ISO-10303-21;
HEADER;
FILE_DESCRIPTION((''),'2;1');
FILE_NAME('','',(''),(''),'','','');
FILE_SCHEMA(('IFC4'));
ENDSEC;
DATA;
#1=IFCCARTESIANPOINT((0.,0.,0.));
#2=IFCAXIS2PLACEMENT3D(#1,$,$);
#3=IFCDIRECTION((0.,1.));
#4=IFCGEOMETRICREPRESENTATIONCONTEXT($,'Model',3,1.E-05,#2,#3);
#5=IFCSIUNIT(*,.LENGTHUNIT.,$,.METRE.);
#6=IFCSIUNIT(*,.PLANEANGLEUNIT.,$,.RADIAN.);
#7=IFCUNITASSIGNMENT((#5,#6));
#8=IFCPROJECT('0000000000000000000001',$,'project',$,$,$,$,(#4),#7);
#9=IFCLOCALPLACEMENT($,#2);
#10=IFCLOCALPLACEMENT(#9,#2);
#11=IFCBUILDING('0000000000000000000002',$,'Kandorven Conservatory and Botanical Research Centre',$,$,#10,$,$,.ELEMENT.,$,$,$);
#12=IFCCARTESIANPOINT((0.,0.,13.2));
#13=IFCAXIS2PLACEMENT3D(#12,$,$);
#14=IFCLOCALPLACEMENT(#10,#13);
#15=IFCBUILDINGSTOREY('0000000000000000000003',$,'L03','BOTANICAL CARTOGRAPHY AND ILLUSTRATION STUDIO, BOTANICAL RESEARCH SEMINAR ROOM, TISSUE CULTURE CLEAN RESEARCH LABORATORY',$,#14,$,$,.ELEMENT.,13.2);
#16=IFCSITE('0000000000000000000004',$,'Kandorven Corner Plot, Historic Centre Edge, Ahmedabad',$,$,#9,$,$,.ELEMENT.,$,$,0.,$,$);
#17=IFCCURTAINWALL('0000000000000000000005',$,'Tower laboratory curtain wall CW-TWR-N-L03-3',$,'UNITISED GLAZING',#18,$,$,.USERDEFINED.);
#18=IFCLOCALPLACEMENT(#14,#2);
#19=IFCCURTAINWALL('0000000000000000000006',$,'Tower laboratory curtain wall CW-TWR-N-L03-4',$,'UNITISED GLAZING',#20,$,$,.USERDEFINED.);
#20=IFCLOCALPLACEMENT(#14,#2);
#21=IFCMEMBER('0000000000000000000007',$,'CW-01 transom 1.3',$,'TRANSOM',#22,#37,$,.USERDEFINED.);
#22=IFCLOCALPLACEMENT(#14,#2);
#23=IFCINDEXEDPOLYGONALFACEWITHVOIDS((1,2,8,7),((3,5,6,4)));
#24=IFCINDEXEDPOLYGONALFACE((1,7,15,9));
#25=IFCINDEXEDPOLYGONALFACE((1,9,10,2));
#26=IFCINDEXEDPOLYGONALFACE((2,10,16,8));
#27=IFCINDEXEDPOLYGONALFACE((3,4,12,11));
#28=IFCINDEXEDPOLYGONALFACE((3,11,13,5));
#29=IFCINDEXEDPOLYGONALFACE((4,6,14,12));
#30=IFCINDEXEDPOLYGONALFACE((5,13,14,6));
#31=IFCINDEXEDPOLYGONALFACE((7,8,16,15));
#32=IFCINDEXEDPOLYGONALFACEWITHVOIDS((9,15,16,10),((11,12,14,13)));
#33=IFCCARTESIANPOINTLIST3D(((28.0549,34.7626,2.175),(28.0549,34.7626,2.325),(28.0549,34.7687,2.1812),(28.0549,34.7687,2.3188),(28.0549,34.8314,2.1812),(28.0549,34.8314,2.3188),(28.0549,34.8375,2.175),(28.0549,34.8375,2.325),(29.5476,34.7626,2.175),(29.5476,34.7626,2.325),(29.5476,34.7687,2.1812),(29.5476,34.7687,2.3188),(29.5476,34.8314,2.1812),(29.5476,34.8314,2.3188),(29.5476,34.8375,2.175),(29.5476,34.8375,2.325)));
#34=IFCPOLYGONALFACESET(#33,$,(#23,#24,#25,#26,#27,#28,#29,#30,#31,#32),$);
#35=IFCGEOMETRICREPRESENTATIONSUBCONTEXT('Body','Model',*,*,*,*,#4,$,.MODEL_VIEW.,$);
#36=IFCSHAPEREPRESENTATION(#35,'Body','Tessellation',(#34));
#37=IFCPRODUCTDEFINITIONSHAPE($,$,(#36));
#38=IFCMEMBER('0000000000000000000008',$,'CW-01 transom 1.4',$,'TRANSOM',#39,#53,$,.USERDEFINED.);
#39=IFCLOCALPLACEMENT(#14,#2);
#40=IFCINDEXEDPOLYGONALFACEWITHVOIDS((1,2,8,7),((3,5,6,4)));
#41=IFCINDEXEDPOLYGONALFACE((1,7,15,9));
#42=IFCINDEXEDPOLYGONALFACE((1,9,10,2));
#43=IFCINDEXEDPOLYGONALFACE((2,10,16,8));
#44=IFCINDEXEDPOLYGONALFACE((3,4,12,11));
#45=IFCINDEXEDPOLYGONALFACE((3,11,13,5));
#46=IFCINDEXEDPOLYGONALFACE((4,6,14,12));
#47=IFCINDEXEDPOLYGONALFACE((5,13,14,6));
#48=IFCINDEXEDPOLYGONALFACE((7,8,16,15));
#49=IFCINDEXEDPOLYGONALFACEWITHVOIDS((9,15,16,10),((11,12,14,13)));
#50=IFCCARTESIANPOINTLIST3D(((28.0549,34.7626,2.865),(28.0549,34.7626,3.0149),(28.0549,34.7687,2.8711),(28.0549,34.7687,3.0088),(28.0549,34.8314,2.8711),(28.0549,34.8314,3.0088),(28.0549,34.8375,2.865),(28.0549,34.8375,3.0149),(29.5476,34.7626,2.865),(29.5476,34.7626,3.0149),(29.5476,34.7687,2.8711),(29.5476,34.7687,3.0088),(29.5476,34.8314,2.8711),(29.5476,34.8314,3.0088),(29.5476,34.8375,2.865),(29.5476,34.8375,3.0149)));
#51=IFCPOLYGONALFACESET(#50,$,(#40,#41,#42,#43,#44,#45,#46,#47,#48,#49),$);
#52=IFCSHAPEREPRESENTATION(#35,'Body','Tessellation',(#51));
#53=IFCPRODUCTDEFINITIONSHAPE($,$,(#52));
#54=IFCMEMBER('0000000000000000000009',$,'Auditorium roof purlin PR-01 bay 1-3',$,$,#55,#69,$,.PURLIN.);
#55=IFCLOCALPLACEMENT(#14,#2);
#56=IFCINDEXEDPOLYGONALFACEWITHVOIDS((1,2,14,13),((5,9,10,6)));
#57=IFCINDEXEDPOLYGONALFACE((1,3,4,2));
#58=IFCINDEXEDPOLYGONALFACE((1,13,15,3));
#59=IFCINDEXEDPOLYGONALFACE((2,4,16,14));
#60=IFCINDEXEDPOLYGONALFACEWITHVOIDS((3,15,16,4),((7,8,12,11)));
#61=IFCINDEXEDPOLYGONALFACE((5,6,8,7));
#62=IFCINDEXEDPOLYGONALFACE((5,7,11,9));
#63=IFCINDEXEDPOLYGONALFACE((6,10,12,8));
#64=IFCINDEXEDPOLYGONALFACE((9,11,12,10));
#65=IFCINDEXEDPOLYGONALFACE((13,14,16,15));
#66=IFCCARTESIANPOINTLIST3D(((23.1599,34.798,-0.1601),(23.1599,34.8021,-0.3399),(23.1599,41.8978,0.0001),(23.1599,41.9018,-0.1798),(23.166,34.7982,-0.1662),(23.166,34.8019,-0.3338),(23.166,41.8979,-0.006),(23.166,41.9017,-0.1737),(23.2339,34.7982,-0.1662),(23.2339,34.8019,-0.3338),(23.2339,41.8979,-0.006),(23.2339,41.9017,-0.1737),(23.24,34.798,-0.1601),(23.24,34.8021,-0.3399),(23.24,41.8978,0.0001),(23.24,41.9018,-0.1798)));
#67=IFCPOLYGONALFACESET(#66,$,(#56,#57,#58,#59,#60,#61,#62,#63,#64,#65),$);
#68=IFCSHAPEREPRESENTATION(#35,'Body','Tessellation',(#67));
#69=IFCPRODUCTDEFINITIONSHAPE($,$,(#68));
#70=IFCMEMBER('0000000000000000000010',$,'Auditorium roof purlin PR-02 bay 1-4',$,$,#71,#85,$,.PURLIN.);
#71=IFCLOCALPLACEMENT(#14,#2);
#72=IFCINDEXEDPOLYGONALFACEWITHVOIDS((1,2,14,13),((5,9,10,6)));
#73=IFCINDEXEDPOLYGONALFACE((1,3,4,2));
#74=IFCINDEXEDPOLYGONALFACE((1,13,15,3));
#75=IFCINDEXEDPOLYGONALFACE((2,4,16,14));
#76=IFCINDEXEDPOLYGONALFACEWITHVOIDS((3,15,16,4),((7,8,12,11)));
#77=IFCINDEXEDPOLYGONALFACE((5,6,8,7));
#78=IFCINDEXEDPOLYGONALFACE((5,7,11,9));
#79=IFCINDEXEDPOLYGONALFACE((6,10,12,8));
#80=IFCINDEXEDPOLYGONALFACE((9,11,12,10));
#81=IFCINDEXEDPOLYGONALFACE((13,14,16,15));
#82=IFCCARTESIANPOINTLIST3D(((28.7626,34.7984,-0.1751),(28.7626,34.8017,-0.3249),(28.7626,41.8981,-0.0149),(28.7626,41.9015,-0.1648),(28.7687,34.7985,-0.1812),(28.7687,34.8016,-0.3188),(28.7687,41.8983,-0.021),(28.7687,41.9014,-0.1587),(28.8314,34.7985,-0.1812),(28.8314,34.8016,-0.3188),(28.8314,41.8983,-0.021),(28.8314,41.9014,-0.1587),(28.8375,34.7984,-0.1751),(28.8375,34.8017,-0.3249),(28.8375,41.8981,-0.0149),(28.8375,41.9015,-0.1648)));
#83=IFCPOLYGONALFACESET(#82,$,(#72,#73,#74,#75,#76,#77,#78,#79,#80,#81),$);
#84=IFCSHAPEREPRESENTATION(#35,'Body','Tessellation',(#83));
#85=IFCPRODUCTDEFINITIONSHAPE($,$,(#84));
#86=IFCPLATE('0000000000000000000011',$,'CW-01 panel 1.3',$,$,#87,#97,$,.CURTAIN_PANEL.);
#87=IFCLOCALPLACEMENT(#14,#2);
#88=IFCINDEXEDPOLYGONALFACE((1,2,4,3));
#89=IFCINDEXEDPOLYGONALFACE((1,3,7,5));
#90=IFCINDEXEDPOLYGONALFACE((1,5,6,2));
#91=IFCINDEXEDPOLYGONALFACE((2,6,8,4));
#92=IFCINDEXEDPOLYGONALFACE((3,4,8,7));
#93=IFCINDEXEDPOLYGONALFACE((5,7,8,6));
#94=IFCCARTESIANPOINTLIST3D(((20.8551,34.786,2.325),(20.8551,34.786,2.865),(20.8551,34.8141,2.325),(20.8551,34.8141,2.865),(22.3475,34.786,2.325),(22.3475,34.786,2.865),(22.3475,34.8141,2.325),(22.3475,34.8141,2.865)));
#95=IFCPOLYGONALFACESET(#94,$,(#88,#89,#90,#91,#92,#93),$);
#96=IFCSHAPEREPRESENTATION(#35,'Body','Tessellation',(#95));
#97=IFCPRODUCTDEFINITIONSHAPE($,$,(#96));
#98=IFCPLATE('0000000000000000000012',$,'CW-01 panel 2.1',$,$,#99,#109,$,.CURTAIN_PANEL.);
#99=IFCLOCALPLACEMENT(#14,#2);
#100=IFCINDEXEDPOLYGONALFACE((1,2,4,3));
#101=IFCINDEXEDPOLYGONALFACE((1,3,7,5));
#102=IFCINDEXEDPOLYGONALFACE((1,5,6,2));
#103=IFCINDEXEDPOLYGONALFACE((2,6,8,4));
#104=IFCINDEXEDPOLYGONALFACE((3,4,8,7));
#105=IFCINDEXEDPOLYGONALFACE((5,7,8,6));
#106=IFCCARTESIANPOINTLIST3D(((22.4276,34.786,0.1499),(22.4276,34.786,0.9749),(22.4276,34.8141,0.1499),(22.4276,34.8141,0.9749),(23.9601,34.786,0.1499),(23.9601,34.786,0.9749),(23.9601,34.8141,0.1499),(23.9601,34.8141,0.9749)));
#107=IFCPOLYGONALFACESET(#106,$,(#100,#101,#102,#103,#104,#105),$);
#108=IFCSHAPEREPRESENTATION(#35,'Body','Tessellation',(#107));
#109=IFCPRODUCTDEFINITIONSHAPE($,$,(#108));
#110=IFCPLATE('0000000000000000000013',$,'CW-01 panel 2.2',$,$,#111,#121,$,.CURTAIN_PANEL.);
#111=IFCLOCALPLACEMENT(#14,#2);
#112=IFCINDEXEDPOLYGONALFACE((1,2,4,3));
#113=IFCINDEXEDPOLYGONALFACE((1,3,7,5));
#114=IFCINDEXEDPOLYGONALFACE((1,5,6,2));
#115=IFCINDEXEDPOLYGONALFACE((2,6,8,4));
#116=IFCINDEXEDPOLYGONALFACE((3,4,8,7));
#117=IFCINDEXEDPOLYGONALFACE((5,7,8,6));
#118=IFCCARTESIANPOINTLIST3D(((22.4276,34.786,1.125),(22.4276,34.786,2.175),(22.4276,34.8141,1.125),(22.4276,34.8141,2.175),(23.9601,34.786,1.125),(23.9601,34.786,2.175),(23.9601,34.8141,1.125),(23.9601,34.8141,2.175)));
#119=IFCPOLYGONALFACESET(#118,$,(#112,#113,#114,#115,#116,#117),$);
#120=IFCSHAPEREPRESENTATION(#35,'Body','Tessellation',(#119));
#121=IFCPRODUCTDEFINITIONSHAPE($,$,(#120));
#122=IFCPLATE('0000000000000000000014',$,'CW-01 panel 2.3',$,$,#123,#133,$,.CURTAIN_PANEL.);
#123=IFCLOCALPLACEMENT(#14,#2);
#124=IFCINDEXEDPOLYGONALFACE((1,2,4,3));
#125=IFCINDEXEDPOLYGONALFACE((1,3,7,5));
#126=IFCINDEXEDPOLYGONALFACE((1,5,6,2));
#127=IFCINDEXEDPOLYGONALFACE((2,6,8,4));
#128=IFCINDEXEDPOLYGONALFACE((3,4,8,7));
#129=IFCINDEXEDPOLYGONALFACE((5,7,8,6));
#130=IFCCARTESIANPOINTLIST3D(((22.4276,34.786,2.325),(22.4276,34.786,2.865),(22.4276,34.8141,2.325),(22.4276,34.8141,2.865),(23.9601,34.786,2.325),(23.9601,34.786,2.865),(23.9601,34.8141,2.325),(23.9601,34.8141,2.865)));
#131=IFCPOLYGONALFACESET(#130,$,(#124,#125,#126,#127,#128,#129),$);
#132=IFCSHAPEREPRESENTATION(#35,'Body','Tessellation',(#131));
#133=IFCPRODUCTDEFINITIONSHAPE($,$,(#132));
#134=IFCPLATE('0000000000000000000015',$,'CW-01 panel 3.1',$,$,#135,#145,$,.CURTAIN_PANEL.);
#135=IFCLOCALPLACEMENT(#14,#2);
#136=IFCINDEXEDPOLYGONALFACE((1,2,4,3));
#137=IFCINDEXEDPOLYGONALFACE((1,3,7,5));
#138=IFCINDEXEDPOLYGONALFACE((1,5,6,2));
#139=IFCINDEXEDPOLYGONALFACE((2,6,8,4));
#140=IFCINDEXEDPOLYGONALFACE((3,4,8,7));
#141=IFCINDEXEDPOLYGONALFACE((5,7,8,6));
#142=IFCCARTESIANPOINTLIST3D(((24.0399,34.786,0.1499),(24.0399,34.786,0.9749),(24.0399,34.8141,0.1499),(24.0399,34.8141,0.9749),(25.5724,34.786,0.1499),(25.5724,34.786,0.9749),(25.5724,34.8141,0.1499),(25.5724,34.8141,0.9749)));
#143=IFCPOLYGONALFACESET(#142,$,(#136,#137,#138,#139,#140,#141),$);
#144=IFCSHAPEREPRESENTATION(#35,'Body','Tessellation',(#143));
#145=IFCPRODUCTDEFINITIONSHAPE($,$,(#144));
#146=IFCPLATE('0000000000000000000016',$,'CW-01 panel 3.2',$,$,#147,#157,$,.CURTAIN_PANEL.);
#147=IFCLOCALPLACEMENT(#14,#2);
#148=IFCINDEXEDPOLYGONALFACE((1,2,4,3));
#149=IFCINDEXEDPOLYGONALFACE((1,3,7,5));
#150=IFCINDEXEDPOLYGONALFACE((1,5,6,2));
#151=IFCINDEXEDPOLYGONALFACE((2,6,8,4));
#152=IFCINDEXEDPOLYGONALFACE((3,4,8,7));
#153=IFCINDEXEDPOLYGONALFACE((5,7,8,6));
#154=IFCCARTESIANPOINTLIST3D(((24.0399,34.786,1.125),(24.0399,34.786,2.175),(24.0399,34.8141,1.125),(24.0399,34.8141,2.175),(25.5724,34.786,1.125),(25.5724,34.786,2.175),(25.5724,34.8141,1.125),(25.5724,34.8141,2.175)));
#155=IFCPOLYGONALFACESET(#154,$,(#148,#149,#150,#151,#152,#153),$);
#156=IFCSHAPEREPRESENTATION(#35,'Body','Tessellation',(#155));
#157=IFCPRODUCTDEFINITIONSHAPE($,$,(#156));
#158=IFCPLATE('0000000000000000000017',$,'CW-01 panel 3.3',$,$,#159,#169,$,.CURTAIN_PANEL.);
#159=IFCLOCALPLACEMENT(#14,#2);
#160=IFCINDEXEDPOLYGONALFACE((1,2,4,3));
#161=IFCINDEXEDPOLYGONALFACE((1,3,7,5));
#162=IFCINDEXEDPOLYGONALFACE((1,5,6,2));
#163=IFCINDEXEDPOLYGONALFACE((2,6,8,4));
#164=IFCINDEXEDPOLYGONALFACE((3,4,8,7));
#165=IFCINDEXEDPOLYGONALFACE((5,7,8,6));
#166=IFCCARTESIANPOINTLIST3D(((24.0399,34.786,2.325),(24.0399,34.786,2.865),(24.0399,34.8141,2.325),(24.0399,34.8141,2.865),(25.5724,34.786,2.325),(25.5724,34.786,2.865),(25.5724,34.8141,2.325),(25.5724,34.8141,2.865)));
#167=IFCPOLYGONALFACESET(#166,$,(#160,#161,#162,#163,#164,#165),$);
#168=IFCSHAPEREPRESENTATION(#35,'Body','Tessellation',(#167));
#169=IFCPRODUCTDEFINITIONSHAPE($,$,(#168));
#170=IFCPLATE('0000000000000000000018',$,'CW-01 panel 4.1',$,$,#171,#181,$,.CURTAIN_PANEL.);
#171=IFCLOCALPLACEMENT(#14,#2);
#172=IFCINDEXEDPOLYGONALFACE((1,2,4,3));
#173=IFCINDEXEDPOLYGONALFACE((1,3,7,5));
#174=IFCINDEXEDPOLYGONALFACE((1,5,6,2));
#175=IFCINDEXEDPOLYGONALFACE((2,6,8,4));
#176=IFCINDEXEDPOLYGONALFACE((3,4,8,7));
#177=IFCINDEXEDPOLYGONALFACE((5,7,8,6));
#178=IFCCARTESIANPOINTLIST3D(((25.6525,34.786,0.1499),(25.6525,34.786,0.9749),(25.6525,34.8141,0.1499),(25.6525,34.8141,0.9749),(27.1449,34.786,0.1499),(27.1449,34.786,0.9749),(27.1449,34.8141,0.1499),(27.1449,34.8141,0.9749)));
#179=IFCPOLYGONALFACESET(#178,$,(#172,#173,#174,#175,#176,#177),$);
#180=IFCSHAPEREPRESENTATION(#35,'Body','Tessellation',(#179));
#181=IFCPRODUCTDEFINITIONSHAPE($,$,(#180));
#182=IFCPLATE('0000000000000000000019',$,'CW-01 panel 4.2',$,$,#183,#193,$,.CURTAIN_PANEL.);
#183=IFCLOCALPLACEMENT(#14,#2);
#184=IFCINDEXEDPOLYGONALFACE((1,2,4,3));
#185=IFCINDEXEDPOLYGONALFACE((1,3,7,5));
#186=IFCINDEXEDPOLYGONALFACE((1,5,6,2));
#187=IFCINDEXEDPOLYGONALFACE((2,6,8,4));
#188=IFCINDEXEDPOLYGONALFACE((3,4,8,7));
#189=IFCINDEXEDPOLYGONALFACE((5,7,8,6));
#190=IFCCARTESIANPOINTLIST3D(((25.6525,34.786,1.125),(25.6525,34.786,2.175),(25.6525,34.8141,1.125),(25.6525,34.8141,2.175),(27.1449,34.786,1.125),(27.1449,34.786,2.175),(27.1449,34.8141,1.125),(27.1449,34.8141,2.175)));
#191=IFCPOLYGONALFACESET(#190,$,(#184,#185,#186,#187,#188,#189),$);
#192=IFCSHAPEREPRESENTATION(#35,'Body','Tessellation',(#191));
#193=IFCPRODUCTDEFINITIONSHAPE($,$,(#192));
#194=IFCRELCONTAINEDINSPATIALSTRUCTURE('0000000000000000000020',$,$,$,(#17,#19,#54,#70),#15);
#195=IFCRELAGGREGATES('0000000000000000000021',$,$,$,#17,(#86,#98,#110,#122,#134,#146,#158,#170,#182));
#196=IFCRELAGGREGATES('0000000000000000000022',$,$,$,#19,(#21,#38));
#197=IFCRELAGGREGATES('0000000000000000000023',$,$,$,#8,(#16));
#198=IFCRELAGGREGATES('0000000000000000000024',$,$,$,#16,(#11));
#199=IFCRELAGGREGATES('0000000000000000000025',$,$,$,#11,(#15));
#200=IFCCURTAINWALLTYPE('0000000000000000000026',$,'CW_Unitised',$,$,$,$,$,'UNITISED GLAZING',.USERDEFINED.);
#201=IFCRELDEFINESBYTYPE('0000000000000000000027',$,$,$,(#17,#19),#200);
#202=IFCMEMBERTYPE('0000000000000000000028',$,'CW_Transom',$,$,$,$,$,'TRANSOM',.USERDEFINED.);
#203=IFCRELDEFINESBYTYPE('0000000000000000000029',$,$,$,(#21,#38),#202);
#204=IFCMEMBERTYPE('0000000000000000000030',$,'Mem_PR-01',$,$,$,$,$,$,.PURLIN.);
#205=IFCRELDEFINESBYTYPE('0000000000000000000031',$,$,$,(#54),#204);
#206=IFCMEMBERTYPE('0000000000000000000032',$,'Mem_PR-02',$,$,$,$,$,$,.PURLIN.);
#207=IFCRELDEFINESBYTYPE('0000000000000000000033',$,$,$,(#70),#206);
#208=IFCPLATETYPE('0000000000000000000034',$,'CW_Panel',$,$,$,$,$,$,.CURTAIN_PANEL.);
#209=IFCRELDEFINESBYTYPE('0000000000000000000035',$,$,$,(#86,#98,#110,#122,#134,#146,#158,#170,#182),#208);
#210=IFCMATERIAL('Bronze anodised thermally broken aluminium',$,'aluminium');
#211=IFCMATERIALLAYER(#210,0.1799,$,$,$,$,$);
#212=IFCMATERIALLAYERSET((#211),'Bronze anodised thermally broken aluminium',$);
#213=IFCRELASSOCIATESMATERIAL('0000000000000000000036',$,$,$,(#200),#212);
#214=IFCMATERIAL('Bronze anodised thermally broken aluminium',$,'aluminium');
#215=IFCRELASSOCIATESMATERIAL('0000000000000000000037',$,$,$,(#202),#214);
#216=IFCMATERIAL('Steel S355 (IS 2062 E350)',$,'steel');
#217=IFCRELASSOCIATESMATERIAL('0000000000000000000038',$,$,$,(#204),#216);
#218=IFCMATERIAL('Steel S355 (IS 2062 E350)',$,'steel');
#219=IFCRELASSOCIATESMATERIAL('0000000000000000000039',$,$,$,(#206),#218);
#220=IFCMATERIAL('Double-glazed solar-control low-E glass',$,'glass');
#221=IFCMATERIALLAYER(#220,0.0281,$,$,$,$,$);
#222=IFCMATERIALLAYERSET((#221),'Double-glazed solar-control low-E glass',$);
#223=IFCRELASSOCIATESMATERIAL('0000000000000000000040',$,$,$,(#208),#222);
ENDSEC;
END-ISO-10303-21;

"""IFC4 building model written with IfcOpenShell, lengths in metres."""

from ifc_helpers import new_model, si_unit, direction, frame, origin, origin_2d, place, context, subcontext, project, spatial, rectangle, hollow_rectangle, extrude, material, layer, layer_set, material_profile, profile_set, type_object, element, aggregate, save


model = new_model("IFC4")

# Units and contexts
model_context = context("Model", 3, precision=1e-05, world=origin(), true_north=direction((0.0, 1.0)))
body_context = subcontext(model_context, "Body", "Model", "MODEL_VIEW")
ifc_project = project(units=[si_unit("LENGTHUNIT", "METRE"), si_unit("PLANEANGLEUNIT", "RADIAN")], contexts=[model_context])

# Site, building, storey
site_placement = place(None, origin())
site = spatial("IfcSite", under=ifc_project, at=site_placement, Name="Kandorven Corner Plot, Historic Centre Edge, Ahmedabad", CompositionType="ELEMENT", RefElevation=0.0)
building_placement = place(site_placement, origin())
building = spatial("IfcBuilding", under=site, at=building_placement, Name="Kandorven Conservatory and Botanical Research Centre", CompositionType="ELEMENT")
storey_placement = place(building_placement, frame((0.0, 0.0, 13.2)))
storey = spatial("IfcBuildingStorey", under=building, at=storey_placement, Name="L03", Description="BOTANICAL CARTOGRAPHY AND ILLUSTRATION STUDIO, BOTANICAL RESEARCH SEMINAR ROOM, TISSUE CULTURE CLEAN RESEARCH LABORATORY", CompositionType="ELEMENT", Elevation=13.2)

# Curtain wall
ifc_material_1 = material(Name="Bronze anodised thermally broken aluminium", Category="aluminium")
ifc_layer_1 = layer(ifc_material_1, 0.1799)
ifc_layer_set_1 = layer_set([ifc_layer_1], Name="Bronze anodised thermally broken aluminium")
curtain_wall_type = type_object("IfcCurtainWallType", Name="CW_Unitised", ElementType="UNITISED GLAZING", PredefinedType="USERDEFINED", material=ifc_layer_set_1)
curtain_wall_1_placement = place(storey_placement, origin())
curtain_wall_1 = element("IfcCurtainWall", 1, at=curtain_wall_1_placement, inside=storey, type_object=curtain_wall_type, Name="Tower laboratory curtain wall CW-TWR-N-L03-3", ObjectType="UNITISED GLAZING", PredefinedType="USERDEFINED")

# Curtain wall
curtain_wall_2_placement = place(storey_placement, origin())
curtain_wall_2 = element("IfcCurtainWall", 2, at=curtain_wall_2_placement, inside=storey, type_object=curtain_wall_type, Name="Tower laboratory curtain wall CW-TWR-N-L03-4", ObjectType="UNITISED GLAZING", PredefinedType="USERDEFINED")

# Members
ifc_material_2 = material(Name="Bronze anodised thermally broken aluminium", Category="aluminium")
ifc_material_profile_1 = material_profile(ifc_material_2, hollow_rectangle(XDim=0.075, YDim=0.1499, WallThickness=0.0061, at=origin_2d()))
ifc_profile_set_1 = profile_set([ifc_material_profile_1], Name="Bronze anodised thermally broken aluminium")
member_type_1 = type_object("IfcMemberType", Name="CW_Transom", ElementType="TRANSOM", PredefinedType="USERDEFINED", material=ifc_profile_set_1)
member_1_placement = place(storey_placement, frame((28.0549, 34.8, 2.25), z_axis=(1.0, 0.0, 0.0), x_axis=(0.0, 1.0, 0.0)))
member_1 = element("IfcMember", 3, at=member_1_placement, type_object=member_type_1, Name="CW-01 transom 1.3", ObjectType="TRANSOM", PredefinedType="USERDEFINED", context=body_context, shape_type="SweptSolid", body=[
    extrude(hollow_rectangle(XDim=0.075, YDim=0.1499, WallThickness=0.0061, at=origin_2d()), origin(), (0.0, 0.0, 1.0), 1.4927),
])
member_2_placement = place(storey_placement, frame((28.0549, 34.8, 2.9399), z_axis=(1.0, 0.0, 0.0), x_axis=(0.0, 1.0, 0.0)))
member_2 = element("IfcMember", 4, at=member_2_placement, type_object=member_type_1, Name="CW-01 transom 1.4", ObjectType="TRANSOM", PredefinedType="USERDEFINED", context=body_context, shape_type="SweptSolid", body=[
    extrude(hollow_rectangle(XDim=0.075, YDim=0.1499, WallThickness=0.0061, at=origin_2d()), origin(), (0.0, 0.0, 1.0), 1.4927),
])

# Members
ifc_material_3 = material(Name="Steel S355 (IS 2062 E350)", Category="steel")
ifc_material_profile_2 = material_profile(ifc_material_3, hollow_rectangle(XDim=0.0801, YDim=0.1799, WallThickness=0.0061, at=origin_2d()))
ifc_profile_set_2 = profile_set([ifc_material_profile_2], Name="Steel S355 (IS 2062 E350)")
member_type_2 = type_object("IfcMemberType", Name="Mem_PR-01", PredefinedType="PURLIN", material=ifc_profile_set_2)
member_3_placement = place(storey_placement, frame((23.2, 34.8, -0.25), z_axis=(0.0, 0.999746, 0.022552), x_axis=(-1.0, 0.0, 0.0)))
element("IfcMember", 5, at=member_3_placement, inside=storey, type_object=member_type_2, Name="Auditorium roof purlin PR-01 bay 1-3", PredefinedType="PURLIN", context=body_context, shape_type="SweptSolid", body=[
    extrude(hollow_rectangle(XDim=0.0801, YDim=0.1799, WallThickness=0.0061, at=origin_2d()), origin(), (0.0, 0.0, 1.0), 7.1016),
])
ifc_material_4 = material(Name="Steel S355 (IS 2062 E350)", Category="steel")
ifc_material_profile_3 = material_profile(ifc_material_4, hollow_rectangle(XDim=0.075, YDim=0.1499, WallThickness=0.0061, at=origin_2d()))
ifc_profile_set_3 = profile_set([ifc_material_profile_3], Name="Steel S355 (IS 2062 E350)")
member_type_3 = type_object("IfcMemberType", Name="Mem_PR-02", PredefinedType="PURLIN", material=ifc_profile_set_3)
member_4_placement = place(storey_placement, frame((28.8, 34.8, -0.25), z_axis=(0.0, 0.999746, 0.022552), x_axis=(-1.0, 0.0, 0.0)))
element("IfcMember", 6, at=member_4_placement, inside=storey, type_object=member_type_3, Name="Auditorium roof purlin PR-02 bay 1-4", PredefinedType="PURLIN", context=body_context, shape_type="SweptSolid", body=[
    extrude(hollow_rectangle(XDim=0.075, YDim=0.1499, WallThickness=0.0061, at=origin_2d()), origin(), (0.0, 0.0, 1.0), 7.1016),
])

# Plates
ifc_material_5 = material(Name="Double-glazed solar-control low-E glass", Category="glass")
ifc_layer_2 = layer(ifc_material_5, 0.0281)
ifc_layer_set_2 = layer_set([ifc_layer_2], Name="Double-glazed solar-control low-E glass")
plate_type = type_object("IfcPlateType", Name="CW_Panel", PredefinedType="CURTAIN_PANEL", material=ifc_layer_set_2)
plate_1_placement = place(storey_placement, frame((21.6013, 34.8, 2.325), z_axis=(0.0, 0.0, 1.0), x_axis=(1.0, 0.0, 0.0)))
plate_1 = element("IfcPlate", 7, at=plate_1_placement, type_object=plate_type, Name="CW-01 panel 1.3", PredefinedType="CURTAIN_PANEL", context=body_context, shape_type="SweptSolid", body=[
    extrude(rectangle(XDim=1.4924, YDim=0.0281, at=origin_2d()), origin(), (0.0, 0.0, 1.0), 0.54),
])
plate_2_placement = place(storey_placement, frame((23.1938, 34.8, 0.1499), z_axis=(0.0, 0.0, 1.0), x_axis=(1.0, 0.0, 0.0)))
plate_2 = element("IfcPlate", 8, at=plate_2_placement, type_object=plate_type, Name="CW-01 panel 2.1", PredefinedType="CURTAIN_PANEL", context=body_context, shape_type="SweptSolid", body=[
    extrude(rectangle(XDim=1.5325, YDim=0.0281, at=origin_2d()), origin(), (0.0, 0.0, 1.0), 0.825),
])
plate_3_placement = place(storey_placement, frame((23.1938, 34.8, 1.125), z_axis=(0.0, 0.0, 1.0), x_axis=(1.0, 0.0, 0.0)))
plate_3 = element("IfcPlate", 9, at=plate_3_placement, type_object=plate_type, Name="CW-01 panel 2.2", PredefinedType="CURTAIN_PANEL", context=body_context, shape_type="SweptSolid", body=[
    extrude(rectangle(XDim=1.5325, YDim=0.0281, at=origin_2d()), origin(), (0.0, 0.0, 1.0), 1.05),
])
plate_4_placement = place(storey_placement, frame((23.1938, 34.8, 2.325), z_axis=(0.0, 0.0, 1.0), x_axis=(1.0, 0.0, 0.0)))
plate_4 = element("IfcPlate", 10, at=plate_4_placement, type_object=plate_type, Name="CW-01 panel 2.3", PredefinedType="CURTAIN_PANEL", context=body_context, shape_type="SweptSolid", body=[
    extrude(rectangle(XDim=1.5325, YDim=0.0281, at=origin_2d()), origin(), (0.0, 0.0, 1.0), 0.54),
])
plate_5_placement = place(storey_placement, frame((24.8062, 34.8, 0.1499), z_axis=(0.0, 0.0, 1.0), x_axis=(1.0, 0.0, 0.0)))
plate_5 = element("IfcPlate", 11, at=plate_5_placement, type_object=plate_type, Name="CW-01 panel 3.1", PredefinedType="CURTAIN_PANEL", context=body_context, shape_type="SweptSolid", body=[
    extrude(rectangle(XDim=1.5325, YDim=0.0281, at=origin_2d()), origin(), (0.0, 0.0, 1.0), 0.825),
])
plate_6_placement = place(storey_placement, frame((24.8062, 34.8, 1.125), z_axis=(0.0, 0.0, 1.0), x_axis=(1.0, 0.0, 0.0)))
plate_6 = element("IfcPlate", 12, at=plate_6_placement, type_object=plate_type, Name="CW-01 panel 3.2", PredefinedType="CURTAIN_PANEL", context=body_context, shape_type="SweptSolid", body=[
    extrude(rectangle(XDim=1.5325, YDim=0.0281, at=origin_2d()), origin(), (0.0, 0.0, 1.0), 1.05),
])
plate_7_placement = place(storey_placement, frame((24.8062, 34.8, 2.325), z_axis=(0.0, 0.0, 1.0), x_axis=(1.0, 0.0, 0.0)))
plate_7 = element("IfcPlate", 13, at=plate_7_placement, type_object=plate_type, Name="CW-01 panel 3.3", PredefinedType="CURTAIN_PANEL", context=body_context, shape_type="SweptSolid", body=[
    extrude(rectangle(XDim=1.5325, YDim=0.0281, at=origin_2d()), origin(), (0.0, 0.0, 1.0), 0.54),
])
plate_8_placement = place(storey_placement, frame((26.3987, 34.8, 0.1499), z_axis=(0.0, 0.0, 1.0), x_axis=(1.0, 0.0, 0.0)))
plate_8 = element("IfcPlate", 14, at=plate_8_placement, type_object=plate_type, Name="CW-01 panel 4.1", PredefinedType="CURTAIN_PANEL", context=body_context, shape_type="SweptSolid", body=[
    extrude(rectangle(XDim=1.4924, YDim=0.0281, at=origin_2d()), origin(), (0.0, 0.0, 1.0), 0.825),
])
plate_9_placement = place(storey_placement, frame((26.3987, 34.8, 1.125), z_axis=(0.0, 0.0, 1.0), x_axis=(1.0, 0.0, 0.0)))
plate_9 = element("IfcPlate", 15, at=plate_9_placement, type_object=plate_type, Name="CW-01 panel 4.2", PredefinedType="CURTAIN_PANEL", context=body_context, shape_type="SweptSolid", body=[
    extrude(rectangle(XDim=1.4924, YDim=0.0281, at=origin_2d()), origin(), (0.0, 0.0, 1.0), 1.05),
])
aggregate(curtain_wall_1, [plate_1, plate_2, plate_3, plate_4, plate_5, plate_6, plate_7, plate_8, plate_9])
aggregate(curtain_wall_2, [member_1, member_2])

save(model, "model.ifc")
